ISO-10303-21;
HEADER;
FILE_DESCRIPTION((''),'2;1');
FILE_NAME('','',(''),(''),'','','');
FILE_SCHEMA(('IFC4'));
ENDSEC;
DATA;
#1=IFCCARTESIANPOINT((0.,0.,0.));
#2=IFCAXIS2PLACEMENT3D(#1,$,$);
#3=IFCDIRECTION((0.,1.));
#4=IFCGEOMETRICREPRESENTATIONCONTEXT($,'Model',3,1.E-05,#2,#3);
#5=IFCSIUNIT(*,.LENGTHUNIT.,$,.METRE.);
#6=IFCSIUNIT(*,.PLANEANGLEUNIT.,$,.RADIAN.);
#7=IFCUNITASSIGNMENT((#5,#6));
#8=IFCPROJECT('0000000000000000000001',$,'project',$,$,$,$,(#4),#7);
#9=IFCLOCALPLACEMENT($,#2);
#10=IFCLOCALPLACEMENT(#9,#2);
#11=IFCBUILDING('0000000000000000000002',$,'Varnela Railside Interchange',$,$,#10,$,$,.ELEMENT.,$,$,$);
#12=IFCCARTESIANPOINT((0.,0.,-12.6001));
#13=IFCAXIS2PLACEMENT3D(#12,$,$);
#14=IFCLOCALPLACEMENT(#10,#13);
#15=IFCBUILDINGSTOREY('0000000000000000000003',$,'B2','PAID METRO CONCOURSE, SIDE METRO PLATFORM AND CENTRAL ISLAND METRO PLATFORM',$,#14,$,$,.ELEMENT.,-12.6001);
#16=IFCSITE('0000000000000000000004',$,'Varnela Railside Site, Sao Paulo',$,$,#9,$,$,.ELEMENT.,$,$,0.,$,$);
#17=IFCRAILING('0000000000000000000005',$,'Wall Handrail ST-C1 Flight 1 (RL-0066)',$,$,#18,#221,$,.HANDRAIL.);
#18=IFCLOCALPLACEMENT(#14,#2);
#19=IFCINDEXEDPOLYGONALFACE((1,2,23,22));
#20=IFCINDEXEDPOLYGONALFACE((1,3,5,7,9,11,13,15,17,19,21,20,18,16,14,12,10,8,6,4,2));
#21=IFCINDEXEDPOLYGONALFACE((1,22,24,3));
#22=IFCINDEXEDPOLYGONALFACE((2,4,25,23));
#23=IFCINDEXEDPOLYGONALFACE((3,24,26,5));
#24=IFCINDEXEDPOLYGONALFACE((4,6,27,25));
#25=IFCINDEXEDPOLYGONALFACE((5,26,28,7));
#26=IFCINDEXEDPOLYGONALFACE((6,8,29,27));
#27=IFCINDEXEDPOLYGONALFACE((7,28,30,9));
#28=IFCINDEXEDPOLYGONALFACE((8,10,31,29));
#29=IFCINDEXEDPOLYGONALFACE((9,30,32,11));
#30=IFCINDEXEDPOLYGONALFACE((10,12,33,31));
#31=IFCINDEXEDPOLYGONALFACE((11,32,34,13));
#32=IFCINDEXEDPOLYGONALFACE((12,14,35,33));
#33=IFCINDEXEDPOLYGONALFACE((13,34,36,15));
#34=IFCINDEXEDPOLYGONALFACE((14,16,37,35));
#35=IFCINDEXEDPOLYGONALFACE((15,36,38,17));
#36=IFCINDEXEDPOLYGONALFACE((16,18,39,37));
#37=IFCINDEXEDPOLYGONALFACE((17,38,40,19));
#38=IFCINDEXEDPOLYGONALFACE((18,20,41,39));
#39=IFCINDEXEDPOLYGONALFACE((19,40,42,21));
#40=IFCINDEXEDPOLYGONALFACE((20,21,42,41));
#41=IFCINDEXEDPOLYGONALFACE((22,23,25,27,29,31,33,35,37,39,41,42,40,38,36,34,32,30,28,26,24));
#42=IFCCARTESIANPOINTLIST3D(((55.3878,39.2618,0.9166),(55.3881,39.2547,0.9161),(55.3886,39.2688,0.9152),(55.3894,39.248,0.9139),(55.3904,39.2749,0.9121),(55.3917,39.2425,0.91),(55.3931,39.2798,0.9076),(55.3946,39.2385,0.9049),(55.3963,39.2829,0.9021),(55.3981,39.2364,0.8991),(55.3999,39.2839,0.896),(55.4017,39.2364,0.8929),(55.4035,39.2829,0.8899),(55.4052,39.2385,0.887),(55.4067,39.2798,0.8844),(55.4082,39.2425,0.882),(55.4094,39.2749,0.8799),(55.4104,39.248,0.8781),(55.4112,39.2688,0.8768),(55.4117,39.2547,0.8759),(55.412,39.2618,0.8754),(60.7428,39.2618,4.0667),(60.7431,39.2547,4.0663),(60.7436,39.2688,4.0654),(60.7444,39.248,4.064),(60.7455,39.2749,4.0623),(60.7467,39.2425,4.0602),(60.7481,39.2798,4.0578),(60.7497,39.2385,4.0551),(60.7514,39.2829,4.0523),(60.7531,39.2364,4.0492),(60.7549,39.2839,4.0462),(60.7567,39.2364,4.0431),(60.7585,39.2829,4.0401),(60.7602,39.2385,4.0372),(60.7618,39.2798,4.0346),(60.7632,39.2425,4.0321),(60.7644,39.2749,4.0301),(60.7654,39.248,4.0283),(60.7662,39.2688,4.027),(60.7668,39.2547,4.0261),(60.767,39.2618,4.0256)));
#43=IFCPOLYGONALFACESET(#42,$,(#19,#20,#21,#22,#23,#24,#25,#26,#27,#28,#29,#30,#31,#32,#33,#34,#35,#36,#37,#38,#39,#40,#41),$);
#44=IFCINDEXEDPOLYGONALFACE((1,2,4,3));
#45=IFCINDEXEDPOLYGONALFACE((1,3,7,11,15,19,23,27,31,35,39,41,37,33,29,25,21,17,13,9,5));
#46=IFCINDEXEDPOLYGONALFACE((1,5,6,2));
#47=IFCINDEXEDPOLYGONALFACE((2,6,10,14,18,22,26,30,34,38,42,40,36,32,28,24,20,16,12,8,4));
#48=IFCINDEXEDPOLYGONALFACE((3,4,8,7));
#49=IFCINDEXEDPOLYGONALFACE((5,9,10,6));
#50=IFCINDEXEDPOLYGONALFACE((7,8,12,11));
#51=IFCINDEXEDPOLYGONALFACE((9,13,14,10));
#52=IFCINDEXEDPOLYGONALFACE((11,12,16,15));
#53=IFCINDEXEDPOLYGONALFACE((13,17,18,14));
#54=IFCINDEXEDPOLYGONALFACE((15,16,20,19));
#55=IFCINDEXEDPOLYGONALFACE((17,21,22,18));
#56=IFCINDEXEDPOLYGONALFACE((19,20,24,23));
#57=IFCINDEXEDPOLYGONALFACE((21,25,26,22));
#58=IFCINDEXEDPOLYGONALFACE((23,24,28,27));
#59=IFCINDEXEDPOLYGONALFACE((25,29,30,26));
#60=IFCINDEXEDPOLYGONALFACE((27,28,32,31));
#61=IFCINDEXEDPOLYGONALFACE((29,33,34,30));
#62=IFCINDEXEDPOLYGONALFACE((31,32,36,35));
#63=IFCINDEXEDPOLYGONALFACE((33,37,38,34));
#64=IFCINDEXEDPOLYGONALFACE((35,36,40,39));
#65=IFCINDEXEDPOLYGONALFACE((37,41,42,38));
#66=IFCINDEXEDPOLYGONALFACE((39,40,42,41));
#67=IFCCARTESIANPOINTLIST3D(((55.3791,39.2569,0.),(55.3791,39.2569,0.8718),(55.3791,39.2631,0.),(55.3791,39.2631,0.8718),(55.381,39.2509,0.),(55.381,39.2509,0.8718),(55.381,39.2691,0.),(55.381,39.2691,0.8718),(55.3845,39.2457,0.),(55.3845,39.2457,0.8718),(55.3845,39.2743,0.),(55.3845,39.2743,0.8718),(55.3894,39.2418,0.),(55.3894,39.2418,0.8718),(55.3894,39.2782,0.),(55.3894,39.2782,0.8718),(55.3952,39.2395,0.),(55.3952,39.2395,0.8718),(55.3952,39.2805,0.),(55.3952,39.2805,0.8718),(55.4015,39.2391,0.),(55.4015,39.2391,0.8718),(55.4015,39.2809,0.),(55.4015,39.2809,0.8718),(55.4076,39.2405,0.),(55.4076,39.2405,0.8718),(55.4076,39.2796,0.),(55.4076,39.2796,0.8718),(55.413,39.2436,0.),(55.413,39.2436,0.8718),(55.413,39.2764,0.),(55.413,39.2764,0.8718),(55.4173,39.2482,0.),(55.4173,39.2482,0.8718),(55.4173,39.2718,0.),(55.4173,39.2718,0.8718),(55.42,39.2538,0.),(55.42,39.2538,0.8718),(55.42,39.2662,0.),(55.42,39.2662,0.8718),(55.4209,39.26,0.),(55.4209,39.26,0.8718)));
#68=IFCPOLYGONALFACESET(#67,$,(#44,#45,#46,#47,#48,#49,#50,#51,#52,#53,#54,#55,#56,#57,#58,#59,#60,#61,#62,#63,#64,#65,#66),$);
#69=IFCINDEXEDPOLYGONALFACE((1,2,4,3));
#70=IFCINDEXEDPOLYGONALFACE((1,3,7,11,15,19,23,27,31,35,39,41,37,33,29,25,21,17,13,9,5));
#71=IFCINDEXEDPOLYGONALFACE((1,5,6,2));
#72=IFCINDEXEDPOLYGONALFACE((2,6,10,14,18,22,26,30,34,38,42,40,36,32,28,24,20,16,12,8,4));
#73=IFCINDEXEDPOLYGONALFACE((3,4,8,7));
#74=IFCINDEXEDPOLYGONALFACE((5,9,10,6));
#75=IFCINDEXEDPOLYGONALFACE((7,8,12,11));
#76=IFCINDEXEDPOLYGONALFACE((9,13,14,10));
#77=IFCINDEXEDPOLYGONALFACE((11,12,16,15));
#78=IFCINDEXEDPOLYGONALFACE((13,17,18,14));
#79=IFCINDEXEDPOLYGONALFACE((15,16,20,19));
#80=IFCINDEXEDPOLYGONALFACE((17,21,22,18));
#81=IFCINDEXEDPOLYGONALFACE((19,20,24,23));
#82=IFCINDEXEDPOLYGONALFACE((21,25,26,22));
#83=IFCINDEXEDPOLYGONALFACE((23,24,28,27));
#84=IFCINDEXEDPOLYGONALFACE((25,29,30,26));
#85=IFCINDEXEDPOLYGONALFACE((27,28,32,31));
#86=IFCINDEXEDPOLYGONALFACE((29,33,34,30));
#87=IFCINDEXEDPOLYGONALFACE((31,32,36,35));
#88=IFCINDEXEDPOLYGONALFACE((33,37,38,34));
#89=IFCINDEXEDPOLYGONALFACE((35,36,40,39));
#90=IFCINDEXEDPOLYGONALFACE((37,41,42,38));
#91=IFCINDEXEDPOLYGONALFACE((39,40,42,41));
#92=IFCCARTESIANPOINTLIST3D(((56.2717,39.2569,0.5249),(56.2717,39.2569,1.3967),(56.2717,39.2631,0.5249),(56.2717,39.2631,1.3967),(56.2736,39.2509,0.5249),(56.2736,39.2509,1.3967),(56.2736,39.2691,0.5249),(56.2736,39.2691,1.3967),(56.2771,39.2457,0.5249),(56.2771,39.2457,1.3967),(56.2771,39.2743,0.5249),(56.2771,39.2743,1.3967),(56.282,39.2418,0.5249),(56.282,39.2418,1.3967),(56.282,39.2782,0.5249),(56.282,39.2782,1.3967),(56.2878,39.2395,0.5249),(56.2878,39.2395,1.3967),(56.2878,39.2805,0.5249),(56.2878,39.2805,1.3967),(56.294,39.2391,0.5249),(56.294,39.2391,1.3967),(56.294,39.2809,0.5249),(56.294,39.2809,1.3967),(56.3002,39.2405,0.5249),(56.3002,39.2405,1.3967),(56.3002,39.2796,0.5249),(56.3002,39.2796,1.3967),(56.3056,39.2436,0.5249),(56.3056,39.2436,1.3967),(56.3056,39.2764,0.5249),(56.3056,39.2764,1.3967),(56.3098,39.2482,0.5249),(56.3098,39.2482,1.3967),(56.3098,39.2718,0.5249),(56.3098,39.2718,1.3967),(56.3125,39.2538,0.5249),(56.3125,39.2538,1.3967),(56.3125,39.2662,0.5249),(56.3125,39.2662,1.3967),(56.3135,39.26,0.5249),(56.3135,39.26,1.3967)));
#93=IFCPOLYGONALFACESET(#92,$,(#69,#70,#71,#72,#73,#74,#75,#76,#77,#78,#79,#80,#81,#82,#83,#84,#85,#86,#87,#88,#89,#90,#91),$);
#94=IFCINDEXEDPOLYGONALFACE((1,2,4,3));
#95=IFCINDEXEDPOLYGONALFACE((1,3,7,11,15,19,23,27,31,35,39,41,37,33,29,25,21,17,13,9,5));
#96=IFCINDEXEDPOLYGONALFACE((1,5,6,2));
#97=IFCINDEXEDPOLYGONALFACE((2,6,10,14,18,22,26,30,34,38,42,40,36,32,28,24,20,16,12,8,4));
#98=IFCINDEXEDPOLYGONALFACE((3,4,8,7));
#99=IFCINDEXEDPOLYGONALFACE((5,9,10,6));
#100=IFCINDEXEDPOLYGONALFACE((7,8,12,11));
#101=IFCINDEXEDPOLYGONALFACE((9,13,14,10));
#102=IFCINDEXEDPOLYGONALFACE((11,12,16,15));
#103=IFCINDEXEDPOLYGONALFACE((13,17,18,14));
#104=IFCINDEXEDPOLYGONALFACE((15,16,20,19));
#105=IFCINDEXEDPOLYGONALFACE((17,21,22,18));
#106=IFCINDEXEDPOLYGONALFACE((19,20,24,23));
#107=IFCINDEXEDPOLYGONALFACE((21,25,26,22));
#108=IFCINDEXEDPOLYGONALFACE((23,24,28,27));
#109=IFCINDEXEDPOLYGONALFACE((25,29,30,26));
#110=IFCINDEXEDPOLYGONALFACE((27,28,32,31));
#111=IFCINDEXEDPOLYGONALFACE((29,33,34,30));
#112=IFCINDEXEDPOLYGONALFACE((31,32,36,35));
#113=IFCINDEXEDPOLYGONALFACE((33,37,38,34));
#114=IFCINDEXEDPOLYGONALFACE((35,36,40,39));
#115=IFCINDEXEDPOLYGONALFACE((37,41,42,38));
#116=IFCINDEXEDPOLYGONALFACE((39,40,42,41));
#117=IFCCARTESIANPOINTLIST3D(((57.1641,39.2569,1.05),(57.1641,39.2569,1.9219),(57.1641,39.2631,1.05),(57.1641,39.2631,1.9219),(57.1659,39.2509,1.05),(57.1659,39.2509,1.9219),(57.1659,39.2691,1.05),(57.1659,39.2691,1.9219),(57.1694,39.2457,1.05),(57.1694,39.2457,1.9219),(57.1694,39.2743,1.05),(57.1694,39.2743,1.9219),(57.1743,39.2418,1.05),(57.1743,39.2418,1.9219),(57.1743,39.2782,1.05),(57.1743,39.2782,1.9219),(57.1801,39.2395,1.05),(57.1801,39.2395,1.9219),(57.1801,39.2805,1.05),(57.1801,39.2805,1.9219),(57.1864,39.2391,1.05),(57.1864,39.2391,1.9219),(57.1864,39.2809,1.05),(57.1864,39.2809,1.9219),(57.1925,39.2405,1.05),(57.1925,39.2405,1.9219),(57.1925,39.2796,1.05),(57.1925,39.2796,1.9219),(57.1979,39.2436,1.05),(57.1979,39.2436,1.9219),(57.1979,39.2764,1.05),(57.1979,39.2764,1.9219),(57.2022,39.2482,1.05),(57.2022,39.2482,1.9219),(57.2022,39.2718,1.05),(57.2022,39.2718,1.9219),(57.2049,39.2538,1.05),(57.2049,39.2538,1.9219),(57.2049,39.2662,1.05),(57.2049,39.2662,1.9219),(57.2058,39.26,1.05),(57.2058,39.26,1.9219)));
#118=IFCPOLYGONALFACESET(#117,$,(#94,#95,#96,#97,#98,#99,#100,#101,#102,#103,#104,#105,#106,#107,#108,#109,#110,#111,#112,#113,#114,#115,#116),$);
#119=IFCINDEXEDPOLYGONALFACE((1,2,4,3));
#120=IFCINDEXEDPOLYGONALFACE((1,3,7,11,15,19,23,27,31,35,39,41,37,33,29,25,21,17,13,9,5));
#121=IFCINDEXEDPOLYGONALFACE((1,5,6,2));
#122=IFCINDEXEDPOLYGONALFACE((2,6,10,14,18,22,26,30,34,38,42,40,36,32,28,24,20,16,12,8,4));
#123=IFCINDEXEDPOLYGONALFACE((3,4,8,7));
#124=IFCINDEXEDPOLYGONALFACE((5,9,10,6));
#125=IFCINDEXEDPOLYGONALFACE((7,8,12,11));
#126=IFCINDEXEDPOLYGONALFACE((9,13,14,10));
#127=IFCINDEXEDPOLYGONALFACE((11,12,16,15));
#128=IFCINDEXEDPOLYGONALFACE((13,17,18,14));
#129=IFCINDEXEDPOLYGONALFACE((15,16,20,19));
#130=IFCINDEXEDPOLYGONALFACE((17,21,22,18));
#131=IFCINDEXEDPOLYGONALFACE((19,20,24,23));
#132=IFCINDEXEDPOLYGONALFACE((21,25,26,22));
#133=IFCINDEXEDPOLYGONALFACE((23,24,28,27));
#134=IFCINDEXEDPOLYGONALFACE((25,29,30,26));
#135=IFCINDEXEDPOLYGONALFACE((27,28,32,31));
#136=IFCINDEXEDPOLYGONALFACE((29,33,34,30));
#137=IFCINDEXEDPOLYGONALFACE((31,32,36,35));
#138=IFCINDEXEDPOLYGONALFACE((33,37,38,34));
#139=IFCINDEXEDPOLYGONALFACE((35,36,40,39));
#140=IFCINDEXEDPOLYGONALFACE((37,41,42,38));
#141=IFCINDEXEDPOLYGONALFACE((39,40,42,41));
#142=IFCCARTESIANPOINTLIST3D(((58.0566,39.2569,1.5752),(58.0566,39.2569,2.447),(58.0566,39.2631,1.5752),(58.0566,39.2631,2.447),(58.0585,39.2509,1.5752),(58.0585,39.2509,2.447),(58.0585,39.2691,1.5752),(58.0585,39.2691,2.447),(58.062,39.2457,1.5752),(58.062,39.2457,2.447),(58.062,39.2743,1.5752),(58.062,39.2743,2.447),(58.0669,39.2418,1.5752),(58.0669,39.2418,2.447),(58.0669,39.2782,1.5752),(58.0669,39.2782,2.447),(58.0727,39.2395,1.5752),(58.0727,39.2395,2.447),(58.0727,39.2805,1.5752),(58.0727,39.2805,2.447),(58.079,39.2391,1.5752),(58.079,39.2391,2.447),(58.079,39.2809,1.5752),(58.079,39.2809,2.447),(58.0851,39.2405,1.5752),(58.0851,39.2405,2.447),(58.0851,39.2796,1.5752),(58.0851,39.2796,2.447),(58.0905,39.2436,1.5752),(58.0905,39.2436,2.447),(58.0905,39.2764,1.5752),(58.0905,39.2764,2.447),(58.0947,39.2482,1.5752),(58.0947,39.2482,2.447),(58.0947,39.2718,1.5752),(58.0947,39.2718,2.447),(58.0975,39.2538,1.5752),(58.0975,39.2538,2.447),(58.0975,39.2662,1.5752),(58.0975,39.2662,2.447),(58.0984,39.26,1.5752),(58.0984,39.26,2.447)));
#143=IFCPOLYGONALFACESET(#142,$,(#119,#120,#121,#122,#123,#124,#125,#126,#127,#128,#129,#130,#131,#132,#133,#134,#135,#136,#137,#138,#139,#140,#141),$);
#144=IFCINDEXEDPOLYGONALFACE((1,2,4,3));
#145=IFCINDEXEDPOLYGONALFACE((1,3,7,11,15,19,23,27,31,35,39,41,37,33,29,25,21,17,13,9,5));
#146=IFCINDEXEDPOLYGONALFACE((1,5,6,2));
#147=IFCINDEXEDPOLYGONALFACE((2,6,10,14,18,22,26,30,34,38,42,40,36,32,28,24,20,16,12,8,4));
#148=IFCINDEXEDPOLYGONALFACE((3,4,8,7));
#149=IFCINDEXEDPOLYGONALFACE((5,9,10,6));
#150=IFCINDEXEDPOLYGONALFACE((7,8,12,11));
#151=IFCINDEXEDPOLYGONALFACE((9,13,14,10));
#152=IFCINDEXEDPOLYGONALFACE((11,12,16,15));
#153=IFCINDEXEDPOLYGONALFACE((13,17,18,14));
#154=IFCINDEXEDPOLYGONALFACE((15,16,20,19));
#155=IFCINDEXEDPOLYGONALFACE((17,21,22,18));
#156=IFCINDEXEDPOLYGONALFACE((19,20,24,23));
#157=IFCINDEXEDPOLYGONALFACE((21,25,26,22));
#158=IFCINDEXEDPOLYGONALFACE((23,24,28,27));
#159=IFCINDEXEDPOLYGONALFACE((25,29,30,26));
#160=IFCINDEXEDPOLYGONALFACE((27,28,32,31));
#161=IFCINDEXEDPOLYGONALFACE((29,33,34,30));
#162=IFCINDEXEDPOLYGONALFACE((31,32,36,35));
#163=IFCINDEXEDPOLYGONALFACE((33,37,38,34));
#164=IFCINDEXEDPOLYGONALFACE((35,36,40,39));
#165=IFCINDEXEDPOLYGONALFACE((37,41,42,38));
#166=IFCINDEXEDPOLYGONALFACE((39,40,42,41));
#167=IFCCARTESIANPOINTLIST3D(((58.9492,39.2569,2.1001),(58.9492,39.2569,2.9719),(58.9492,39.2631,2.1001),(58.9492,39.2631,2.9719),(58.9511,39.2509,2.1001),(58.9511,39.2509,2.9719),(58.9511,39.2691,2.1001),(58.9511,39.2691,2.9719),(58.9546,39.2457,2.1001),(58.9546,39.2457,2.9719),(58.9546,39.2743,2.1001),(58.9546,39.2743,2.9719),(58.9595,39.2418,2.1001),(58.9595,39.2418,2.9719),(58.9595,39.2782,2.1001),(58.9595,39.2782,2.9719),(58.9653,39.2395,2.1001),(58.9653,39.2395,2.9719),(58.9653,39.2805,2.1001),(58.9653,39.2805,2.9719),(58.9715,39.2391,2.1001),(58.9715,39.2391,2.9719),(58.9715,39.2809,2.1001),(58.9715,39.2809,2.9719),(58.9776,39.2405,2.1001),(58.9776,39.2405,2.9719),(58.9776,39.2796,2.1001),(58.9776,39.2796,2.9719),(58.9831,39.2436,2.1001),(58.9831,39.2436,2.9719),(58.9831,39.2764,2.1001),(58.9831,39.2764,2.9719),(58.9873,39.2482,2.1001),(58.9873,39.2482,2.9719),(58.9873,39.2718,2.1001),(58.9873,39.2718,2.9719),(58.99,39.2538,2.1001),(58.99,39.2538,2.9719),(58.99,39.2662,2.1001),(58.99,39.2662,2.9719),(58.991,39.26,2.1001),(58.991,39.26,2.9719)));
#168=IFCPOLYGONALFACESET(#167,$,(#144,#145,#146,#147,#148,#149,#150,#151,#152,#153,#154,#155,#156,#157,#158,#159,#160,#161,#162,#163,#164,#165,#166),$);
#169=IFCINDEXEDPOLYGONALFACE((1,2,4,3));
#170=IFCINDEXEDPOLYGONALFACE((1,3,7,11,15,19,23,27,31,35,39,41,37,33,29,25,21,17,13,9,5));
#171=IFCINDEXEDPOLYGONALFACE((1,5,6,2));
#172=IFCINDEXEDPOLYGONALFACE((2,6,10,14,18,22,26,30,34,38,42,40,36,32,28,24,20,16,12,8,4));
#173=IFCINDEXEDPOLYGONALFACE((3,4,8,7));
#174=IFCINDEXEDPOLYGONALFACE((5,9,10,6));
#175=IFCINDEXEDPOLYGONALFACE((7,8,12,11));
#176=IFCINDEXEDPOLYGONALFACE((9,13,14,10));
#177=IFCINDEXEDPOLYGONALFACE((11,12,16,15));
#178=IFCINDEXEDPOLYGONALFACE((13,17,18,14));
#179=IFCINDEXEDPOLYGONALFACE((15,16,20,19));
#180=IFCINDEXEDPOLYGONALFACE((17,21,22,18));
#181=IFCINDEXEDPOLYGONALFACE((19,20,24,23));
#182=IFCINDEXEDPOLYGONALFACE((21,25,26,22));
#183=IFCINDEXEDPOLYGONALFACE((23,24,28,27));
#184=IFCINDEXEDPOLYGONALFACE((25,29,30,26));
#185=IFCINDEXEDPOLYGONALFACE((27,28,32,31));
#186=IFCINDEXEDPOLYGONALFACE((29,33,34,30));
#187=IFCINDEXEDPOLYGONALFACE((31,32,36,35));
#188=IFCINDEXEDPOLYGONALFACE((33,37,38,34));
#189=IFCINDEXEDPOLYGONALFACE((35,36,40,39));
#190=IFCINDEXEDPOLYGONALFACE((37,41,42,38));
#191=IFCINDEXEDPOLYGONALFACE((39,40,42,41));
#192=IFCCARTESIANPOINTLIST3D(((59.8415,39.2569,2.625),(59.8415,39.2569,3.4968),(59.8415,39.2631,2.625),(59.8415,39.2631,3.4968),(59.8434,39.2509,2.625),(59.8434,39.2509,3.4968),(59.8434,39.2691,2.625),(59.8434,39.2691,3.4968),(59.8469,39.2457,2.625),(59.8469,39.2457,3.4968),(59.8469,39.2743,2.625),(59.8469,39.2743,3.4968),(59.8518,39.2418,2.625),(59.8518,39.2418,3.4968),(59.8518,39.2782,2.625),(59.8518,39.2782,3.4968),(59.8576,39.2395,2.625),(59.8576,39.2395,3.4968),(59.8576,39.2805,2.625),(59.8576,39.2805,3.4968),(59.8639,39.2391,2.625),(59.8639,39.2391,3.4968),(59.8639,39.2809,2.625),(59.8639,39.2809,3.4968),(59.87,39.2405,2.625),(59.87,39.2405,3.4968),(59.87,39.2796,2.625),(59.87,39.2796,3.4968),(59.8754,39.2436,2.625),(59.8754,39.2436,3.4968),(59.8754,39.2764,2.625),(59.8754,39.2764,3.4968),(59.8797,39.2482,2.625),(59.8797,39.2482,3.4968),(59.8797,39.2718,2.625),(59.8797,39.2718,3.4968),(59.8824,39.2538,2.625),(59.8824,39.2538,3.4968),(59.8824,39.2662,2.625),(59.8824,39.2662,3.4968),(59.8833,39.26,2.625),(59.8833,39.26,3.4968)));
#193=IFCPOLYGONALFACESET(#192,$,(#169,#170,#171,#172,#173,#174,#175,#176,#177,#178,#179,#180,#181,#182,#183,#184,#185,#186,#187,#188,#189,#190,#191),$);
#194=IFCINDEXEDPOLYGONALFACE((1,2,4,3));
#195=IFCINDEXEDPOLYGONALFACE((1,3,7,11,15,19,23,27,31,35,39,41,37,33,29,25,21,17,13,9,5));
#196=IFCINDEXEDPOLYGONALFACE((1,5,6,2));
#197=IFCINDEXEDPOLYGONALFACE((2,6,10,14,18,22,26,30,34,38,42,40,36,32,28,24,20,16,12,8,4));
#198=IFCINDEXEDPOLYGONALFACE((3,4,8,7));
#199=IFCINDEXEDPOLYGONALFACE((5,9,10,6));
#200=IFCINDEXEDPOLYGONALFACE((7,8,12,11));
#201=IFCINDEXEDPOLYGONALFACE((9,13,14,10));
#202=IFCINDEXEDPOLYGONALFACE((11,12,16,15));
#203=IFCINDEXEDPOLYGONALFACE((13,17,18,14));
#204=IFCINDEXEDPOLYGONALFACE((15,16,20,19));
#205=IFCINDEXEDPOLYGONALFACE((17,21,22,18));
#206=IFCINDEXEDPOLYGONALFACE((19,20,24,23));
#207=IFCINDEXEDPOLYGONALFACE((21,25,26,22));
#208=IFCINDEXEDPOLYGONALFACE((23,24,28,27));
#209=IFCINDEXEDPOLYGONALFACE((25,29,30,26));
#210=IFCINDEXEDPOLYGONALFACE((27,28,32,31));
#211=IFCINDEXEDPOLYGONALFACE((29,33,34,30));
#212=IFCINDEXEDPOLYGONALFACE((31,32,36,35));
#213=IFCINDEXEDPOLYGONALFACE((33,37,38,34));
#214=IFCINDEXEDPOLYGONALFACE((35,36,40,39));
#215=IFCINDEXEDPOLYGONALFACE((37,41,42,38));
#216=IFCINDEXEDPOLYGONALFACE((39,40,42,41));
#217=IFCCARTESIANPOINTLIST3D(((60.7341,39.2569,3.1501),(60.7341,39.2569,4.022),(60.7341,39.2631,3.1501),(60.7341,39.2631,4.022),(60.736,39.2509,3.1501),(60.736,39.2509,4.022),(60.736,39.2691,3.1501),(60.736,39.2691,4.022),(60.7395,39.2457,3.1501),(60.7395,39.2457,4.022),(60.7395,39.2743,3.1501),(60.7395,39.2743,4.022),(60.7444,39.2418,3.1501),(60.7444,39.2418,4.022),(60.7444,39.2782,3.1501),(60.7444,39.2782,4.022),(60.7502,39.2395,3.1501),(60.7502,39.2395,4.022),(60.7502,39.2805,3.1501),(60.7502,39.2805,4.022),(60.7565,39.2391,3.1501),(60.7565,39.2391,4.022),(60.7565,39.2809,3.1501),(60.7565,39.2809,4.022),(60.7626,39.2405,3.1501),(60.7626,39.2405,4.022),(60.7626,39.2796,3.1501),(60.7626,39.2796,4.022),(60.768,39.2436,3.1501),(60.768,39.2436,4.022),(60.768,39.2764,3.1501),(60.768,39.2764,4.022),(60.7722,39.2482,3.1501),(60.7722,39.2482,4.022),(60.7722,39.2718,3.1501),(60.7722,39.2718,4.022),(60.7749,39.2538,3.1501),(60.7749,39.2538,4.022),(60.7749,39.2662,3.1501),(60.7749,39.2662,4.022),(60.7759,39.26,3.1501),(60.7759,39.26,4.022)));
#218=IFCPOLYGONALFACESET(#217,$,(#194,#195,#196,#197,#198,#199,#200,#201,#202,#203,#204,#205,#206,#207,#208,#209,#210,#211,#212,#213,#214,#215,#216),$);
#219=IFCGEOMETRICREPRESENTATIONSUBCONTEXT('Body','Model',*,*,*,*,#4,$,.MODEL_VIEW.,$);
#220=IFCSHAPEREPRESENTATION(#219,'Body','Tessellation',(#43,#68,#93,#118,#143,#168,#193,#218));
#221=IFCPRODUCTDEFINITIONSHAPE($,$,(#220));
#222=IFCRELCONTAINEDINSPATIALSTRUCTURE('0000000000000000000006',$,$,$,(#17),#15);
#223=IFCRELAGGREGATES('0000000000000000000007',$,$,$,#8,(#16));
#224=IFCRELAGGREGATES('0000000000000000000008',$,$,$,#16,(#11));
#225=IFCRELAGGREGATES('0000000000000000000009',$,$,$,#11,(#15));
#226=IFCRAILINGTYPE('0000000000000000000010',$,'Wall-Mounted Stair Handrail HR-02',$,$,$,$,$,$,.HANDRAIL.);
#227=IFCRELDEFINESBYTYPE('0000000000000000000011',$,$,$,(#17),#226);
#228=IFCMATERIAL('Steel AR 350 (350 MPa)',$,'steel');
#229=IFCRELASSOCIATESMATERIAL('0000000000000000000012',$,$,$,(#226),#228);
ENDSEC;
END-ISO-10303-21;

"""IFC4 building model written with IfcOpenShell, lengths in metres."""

from ifc_helpers import new_model, si_unit, direction, frame, origin, origin_2d, place, context, subcontext, project, spatial, circle, extrude, material, type_object, element, save


model = new_model("IFC4")

# Units and contexts
model_context = context("Model", 3, precision=1e-05, world=origin(), true_north=direction((0.0, 1.0)))
body_context = subcontext(model_context, "Body", "Model", "MODEL_VIEW")
ifc_project = project(units=[si_unit("LENGTHUNIT", "METRE"), si_unit("PLANEANGLEUNIT", "RADIAN")], contexts=[model_context])

# Site, building, storey
site_placement = place(None, origin())
site = spatial("IfcSite", under=ifc_project, at=site_placement, Name="Varnela Railside Site, Sao Paulo", CompositionType="ELEMENT", RefElevation=0.0)
building_placement = place(site_placement, origin())
building = spatial("IfcBuilding", under=site, at=building_placement, Name="Varnela Railside Interchange", CompositionType="ELEMENT")
storey_placement = place(building_placement, frame((0.0, 0.0, -12.6001)))
storey = spatial("IfcBuildingStorey", under=building, at=storey_placement, Name="B2", Description="PAID METRO CONCOURSE, SIDE METRO PLATFORM AND CENTRAL ISLAND METRO PLATFORM", CompositionType="ELEMENT", Elevation=-12.6001)

# Shared definitions
ifc_material_1 = material(Name="Steel AR 350 (350 MPa)", Category="steel")

# Railing
railing_type_1 = type_object("IfcRailingType", Name="Wall-Mounted Stair Handrail HR-02", PredefinedType="HANDRAIL", material=ifc_material_1)
railing_1_placement = place(storey_placement, frame((55.3999, 39.26, 0.0)))
element("IfcRailing", 1, at=railing_1_placement, inside=storey, type_object=railing_type_1, Name="Wall Handrail ST-C1 Flight 1 (RL-0066)", PredefinedType="HANDRAIL", context=body_context, shape_type="SweptSolid", body=[
    extrude(circle(Radius=0.0239, at=origin_2d()), frame((0.0, 0.0, 0.896), z_axis=(0.861923, 0.0, 0.507039), x_axis=(0.0, 1.0, 0.0)), (0.0, 0.0, 1.0), 6.2129),
    extrude(circle(Radius=0.021, at=origin_2d()), origin(), (0.0, 0.0, 1.0), 0.8718),
    extrude(circle(Radius=0.021, at=origin_2d()), frame((0.8926, 0.0, 0.5249)), (0.0, 0.0, 1.0), 0.8718),
    extrude(circle(Radius=0.021, at=origin_2d()), frame((1.7849, 0.0, 1.05)), (0.0, 0.0, 1.0), 0.8718),
    extrude(circle(Radius=0.021, at=origin_2d()), frame((2.6775, 0.0, 1.5752)), (0.0, 0.0, 1.0), 0.8718),
    extrude(circle(Radius=0.021, at=origin_2d()), frame((3.5701, 0.0, 2.1001)), (0.0, 0.0, 1.0), 0.8718),
    extrude(circle(Radius=0.021, at=origin_2d()), frame((4.4624, 0.0, 2.625)), (0.0, 0.0, 1.0), 0.8718),
    extrude(circle(Radius=0.021, at=origin_2d()), frame((5.355, 0.0, 3.1501)), (0.0, 0.0, 1.0), 0.8718),
])

save(model, "model.ifc")
